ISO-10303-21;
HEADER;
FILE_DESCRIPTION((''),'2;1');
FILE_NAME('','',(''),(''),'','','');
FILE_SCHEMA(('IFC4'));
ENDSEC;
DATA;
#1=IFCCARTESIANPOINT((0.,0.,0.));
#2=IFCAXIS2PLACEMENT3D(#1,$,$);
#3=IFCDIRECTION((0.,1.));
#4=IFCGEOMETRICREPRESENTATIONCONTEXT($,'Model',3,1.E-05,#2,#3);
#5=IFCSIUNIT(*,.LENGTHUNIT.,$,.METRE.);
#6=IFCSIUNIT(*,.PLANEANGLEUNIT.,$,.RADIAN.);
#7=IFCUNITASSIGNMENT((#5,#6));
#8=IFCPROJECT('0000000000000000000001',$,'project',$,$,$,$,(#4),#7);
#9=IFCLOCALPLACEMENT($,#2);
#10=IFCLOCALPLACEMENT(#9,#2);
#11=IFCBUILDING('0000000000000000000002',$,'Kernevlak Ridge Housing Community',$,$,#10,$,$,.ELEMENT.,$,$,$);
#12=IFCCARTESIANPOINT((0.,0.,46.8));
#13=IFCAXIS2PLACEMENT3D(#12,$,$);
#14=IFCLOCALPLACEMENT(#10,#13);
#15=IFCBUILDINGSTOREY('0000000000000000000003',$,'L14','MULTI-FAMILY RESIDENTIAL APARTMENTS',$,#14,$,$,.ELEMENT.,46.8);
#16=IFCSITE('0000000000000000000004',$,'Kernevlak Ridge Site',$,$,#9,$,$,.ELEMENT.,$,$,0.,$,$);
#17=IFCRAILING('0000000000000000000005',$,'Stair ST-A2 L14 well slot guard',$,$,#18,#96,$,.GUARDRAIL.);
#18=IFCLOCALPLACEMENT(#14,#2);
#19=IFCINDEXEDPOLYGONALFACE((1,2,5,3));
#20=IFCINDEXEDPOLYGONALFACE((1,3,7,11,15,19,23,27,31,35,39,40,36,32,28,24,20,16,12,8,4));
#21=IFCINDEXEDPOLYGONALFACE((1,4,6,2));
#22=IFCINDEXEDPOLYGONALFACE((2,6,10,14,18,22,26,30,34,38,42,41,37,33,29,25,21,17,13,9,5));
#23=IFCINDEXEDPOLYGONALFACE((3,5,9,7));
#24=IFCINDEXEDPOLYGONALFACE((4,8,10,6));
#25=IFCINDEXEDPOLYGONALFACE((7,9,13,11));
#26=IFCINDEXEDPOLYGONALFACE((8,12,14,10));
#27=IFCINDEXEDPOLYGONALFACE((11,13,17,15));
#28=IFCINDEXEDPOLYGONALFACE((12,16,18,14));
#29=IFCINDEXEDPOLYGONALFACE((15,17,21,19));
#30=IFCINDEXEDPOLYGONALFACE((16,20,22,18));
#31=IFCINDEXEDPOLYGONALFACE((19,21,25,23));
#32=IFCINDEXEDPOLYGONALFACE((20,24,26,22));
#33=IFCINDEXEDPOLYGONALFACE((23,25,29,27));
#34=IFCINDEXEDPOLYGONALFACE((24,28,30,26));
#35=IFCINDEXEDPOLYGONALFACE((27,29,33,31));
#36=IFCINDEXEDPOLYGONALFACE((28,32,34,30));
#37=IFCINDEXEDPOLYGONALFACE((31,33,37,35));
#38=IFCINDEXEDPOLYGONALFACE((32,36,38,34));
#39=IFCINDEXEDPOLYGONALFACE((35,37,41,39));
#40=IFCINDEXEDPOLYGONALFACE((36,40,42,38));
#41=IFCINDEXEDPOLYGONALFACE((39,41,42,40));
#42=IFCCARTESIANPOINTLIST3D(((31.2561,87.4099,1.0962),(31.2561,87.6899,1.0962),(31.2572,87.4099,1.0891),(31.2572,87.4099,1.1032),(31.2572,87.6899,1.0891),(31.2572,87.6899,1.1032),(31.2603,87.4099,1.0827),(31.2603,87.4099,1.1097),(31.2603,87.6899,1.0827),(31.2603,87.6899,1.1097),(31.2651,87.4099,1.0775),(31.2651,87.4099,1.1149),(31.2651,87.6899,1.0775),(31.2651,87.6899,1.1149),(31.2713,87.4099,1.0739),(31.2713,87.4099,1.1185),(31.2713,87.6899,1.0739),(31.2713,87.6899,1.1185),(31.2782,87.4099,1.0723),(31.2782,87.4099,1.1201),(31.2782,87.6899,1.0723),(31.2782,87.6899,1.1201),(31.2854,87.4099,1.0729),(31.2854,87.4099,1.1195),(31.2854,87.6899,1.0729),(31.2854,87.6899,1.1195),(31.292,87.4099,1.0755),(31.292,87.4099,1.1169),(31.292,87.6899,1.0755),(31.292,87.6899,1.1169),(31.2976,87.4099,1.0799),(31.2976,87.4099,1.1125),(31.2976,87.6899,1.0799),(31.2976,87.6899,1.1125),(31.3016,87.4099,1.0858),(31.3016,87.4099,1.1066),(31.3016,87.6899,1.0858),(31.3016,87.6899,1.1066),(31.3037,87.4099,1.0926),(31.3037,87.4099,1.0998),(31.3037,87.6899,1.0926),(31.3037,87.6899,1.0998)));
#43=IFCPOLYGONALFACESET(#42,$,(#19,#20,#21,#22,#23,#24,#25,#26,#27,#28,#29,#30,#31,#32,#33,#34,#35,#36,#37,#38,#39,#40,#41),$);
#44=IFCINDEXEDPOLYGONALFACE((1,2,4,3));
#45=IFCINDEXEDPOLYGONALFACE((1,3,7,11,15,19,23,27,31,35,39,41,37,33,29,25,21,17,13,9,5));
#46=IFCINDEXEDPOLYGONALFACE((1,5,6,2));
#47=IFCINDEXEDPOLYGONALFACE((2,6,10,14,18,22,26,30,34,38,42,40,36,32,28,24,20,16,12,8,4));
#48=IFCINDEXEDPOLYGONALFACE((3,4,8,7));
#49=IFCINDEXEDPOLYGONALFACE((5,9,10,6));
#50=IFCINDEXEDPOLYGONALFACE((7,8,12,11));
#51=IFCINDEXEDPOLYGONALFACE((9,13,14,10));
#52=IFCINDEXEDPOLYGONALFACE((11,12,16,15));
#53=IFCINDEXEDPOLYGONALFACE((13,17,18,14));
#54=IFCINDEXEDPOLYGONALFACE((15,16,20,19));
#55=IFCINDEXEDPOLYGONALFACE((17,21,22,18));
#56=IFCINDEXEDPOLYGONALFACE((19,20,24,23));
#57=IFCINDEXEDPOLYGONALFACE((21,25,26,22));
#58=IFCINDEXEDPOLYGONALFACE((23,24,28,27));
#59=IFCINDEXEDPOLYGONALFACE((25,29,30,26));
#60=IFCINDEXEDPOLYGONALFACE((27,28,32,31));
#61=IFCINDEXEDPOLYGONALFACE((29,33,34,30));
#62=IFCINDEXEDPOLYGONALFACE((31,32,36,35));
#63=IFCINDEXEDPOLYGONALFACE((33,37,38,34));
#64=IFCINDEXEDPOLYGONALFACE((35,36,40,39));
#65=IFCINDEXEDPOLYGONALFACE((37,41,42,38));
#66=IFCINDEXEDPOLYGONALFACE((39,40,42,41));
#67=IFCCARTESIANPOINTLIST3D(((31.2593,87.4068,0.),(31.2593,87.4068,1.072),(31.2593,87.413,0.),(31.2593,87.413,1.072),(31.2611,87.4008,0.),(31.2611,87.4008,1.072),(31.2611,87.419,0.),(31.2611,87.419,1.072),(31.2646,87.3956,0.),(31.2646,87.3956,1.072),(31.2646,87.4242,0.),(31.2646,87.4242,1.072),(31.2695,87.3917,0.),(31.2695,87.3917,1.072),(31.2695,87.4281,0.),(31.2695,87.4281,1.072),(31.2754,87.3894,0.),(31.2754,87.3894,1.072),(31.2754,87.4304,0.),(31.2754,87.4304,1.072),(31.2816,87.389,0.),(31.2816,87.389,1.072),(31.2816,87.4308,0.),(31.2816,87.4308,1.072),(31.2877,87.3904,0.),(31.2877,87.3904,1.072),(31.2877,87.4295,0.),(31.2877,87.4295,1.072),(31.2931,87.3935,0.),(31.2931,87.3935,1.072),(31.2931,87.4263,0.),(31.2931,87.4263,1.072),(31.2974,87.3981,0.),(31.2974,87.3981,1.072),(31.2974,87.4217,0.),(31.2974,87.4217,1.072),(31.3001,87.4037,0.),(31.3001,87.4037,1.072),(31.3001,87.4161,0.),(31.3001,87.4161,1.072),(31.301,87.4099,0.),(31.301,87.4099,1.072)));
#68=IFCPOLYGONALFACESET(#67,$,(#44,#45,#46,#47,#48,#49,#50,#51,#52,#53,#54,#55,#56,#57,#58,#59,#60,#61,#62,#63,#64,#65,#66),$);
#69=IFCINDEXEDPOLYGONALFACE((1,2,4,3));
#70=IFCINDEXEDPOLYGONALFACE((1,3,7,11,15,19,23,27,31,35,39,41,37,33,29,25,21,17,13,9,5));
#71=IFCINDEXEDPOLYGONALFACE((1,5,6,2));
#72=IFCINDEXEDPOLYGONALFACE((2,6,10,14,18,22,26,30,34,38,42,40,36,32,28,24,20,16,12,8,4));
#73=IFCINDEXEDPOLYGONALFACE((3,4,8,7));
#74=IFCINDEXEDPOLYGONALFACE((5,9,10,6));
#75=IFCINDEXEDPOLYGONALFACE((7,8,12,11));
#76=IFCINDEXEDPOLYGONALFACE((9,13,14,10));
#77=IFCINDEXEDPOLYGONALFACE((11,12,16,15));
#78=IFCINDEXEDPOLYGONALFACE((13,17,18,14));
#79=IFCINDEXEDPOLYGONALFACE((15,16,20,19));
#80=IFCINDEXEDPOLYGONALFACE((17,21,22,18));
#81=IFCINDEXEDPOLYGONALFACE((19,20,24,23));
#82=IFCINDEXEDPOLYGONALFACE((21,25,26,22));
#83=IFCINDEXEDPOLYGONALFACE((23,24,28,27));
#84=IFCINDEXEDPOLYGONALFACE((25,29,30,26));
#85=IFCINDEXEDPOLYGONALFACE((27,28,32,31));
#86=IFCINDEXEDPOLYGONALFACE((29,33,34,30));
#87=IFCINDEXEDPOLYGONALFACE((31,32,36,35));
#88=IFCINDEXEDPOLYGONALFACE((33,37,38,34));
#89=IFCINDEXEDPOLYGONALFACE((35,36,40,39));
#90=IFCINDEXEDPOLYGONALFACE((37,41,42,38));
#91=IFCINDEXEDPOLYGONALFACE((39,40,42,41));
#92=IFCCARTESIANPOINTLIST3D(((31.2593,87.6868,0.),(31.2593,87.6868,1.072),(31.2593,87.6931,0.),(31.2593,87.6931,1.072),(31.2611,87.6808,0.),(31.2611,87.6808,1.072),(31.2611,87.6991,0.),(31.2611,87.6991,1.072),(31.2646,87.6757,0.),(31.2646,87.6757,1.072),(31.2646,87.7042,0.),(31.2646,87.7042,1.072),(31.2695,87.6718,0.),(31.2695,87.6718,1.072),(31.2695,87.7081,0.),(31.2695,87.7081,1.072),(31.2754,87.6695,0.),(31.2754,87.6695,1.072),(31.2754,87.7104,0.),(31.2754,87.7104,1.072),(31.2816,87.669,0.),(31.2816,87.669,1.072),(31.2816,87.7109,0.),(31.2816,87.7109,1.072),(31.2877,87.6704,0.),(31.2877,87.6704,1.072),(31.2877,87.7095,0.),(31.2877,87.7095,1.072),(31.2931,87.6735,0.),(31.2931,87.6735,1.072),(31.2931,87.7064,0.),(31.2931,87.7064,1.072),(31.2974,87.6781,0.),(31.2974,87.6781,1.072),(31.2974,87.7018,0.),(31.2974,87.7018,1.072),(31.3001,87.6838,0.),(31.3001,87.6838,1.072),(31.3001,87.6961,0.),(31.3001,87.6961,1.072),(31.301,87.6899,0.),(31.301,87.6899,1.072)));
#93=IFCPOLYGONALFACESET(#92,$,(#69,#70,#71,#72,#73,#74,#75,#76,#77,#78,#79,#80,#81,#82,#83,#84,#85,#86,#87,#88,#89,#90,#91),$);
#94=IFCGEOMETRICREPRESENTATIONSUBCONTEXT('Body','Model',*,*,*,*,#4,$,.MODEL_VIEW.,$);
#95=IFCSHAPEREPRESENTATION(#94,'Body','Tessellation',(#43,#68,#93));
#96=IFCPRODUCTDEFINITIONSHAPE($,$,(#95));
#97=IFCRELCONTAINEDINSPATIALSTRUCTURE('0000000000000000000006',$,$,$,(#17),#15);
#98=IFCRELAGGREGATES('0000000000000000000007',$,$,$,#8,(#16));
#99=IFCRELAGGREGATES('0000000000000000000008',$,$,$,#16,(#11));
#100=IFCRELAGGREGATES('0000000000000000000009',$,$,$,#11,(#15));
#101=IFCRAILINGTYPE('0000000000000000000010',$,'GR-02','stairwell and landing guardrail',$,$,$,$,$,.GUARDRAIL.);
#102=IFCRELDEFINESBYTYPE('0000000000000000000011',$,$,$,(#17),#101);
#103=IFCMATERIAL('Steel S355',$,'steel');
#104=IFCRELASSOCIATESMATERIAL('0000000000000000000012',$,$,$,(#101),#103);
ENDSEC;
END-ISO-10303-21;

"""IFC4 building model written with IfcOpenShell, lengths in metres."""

from ifc_helpers import new_model, si_unit, direction, frame, origin, origin_2d, place, context, subcontext, project, spatial, circle, extrude, material, type_object, element, save


model = new_model("IFC4")

# Units and contexts
model_context = context("Model", 3, precision=1e-05, world=origin(), true_north=direction((0.0, 1.0)))
body_context = subcontext(model_context, "Body", "Model", "MODEL_VIEW")
ifc_project = project(units=[si_unit("LENGTHUNIT", "METRE"), si_unit("PLANEANGLEUNIT", "RADIAN")], contexts=[model_context])

# Site, building, storey
site_placement = place(None, origin())
site = spatial("IfcSite", under=ifc_project, at=site_placement, Name="Kernevlak Ridge Site", CompositionType="ELEMENT", RefElevation=0.0)
building_placement = place(site_placement, origin())
building = spatial("IfcBuilding", under=site, at=building_placement, Name="Kernevlak Ridge Housing Community", CompositionType="ELEMENT")
storey_placement = place(building_placement, frame((0.0, 0.0, 46.8)))
storey = spatial("IfcBuildingStorey", under=building, at=storey_placement, Name="L14", Description="MULTI-FAMILY RESIDENTIAL APARTMENTS", CompositionType="ELEMENT", Elevation=46.8)

# Railing
ifc_material_1 = material(Name="Steel S355", Category="steel")
railing_type_1 = type_object("IfcRailingType", Name="GR-02", Description="stairwell and landing guardrail", PredefinedType="GUARDRAIL", material=ifc_material_1)
railing_1_placement = place(storey_placement, frame((31.28, 87.4099, 0.0)))
element("IfcRailing", 1, at=railing_1_placement, inside=storey, type_object=railing_type_1, Name="Stair ST-A2 L14 well slot guard", PredefinedType="GUARDRAIL", context=body_context, shape_type="SweptSolid", body=[
    extrude(circle(Radius=0.0239, at=origin_2d()), frame((0.0, 0.0, 1.0962), z_axis=(0.0, 1.0, 0.0), x_axis=(-1.0, 0.0, 0.0)), (0.0, 0.0, 1.0), 0.28),
    extrude(circle(Radius=0.021, at=origin_2d()), origin(), (0.0, 0.0, 1.0), 1.072),
    extrude(circle(Radius=0.021, at=origin_2d()), frame((0.0, 0.28, 0.0)), (0.0, 0.0, 1.0), 1.072),
])

save(model, "model.ifc")
